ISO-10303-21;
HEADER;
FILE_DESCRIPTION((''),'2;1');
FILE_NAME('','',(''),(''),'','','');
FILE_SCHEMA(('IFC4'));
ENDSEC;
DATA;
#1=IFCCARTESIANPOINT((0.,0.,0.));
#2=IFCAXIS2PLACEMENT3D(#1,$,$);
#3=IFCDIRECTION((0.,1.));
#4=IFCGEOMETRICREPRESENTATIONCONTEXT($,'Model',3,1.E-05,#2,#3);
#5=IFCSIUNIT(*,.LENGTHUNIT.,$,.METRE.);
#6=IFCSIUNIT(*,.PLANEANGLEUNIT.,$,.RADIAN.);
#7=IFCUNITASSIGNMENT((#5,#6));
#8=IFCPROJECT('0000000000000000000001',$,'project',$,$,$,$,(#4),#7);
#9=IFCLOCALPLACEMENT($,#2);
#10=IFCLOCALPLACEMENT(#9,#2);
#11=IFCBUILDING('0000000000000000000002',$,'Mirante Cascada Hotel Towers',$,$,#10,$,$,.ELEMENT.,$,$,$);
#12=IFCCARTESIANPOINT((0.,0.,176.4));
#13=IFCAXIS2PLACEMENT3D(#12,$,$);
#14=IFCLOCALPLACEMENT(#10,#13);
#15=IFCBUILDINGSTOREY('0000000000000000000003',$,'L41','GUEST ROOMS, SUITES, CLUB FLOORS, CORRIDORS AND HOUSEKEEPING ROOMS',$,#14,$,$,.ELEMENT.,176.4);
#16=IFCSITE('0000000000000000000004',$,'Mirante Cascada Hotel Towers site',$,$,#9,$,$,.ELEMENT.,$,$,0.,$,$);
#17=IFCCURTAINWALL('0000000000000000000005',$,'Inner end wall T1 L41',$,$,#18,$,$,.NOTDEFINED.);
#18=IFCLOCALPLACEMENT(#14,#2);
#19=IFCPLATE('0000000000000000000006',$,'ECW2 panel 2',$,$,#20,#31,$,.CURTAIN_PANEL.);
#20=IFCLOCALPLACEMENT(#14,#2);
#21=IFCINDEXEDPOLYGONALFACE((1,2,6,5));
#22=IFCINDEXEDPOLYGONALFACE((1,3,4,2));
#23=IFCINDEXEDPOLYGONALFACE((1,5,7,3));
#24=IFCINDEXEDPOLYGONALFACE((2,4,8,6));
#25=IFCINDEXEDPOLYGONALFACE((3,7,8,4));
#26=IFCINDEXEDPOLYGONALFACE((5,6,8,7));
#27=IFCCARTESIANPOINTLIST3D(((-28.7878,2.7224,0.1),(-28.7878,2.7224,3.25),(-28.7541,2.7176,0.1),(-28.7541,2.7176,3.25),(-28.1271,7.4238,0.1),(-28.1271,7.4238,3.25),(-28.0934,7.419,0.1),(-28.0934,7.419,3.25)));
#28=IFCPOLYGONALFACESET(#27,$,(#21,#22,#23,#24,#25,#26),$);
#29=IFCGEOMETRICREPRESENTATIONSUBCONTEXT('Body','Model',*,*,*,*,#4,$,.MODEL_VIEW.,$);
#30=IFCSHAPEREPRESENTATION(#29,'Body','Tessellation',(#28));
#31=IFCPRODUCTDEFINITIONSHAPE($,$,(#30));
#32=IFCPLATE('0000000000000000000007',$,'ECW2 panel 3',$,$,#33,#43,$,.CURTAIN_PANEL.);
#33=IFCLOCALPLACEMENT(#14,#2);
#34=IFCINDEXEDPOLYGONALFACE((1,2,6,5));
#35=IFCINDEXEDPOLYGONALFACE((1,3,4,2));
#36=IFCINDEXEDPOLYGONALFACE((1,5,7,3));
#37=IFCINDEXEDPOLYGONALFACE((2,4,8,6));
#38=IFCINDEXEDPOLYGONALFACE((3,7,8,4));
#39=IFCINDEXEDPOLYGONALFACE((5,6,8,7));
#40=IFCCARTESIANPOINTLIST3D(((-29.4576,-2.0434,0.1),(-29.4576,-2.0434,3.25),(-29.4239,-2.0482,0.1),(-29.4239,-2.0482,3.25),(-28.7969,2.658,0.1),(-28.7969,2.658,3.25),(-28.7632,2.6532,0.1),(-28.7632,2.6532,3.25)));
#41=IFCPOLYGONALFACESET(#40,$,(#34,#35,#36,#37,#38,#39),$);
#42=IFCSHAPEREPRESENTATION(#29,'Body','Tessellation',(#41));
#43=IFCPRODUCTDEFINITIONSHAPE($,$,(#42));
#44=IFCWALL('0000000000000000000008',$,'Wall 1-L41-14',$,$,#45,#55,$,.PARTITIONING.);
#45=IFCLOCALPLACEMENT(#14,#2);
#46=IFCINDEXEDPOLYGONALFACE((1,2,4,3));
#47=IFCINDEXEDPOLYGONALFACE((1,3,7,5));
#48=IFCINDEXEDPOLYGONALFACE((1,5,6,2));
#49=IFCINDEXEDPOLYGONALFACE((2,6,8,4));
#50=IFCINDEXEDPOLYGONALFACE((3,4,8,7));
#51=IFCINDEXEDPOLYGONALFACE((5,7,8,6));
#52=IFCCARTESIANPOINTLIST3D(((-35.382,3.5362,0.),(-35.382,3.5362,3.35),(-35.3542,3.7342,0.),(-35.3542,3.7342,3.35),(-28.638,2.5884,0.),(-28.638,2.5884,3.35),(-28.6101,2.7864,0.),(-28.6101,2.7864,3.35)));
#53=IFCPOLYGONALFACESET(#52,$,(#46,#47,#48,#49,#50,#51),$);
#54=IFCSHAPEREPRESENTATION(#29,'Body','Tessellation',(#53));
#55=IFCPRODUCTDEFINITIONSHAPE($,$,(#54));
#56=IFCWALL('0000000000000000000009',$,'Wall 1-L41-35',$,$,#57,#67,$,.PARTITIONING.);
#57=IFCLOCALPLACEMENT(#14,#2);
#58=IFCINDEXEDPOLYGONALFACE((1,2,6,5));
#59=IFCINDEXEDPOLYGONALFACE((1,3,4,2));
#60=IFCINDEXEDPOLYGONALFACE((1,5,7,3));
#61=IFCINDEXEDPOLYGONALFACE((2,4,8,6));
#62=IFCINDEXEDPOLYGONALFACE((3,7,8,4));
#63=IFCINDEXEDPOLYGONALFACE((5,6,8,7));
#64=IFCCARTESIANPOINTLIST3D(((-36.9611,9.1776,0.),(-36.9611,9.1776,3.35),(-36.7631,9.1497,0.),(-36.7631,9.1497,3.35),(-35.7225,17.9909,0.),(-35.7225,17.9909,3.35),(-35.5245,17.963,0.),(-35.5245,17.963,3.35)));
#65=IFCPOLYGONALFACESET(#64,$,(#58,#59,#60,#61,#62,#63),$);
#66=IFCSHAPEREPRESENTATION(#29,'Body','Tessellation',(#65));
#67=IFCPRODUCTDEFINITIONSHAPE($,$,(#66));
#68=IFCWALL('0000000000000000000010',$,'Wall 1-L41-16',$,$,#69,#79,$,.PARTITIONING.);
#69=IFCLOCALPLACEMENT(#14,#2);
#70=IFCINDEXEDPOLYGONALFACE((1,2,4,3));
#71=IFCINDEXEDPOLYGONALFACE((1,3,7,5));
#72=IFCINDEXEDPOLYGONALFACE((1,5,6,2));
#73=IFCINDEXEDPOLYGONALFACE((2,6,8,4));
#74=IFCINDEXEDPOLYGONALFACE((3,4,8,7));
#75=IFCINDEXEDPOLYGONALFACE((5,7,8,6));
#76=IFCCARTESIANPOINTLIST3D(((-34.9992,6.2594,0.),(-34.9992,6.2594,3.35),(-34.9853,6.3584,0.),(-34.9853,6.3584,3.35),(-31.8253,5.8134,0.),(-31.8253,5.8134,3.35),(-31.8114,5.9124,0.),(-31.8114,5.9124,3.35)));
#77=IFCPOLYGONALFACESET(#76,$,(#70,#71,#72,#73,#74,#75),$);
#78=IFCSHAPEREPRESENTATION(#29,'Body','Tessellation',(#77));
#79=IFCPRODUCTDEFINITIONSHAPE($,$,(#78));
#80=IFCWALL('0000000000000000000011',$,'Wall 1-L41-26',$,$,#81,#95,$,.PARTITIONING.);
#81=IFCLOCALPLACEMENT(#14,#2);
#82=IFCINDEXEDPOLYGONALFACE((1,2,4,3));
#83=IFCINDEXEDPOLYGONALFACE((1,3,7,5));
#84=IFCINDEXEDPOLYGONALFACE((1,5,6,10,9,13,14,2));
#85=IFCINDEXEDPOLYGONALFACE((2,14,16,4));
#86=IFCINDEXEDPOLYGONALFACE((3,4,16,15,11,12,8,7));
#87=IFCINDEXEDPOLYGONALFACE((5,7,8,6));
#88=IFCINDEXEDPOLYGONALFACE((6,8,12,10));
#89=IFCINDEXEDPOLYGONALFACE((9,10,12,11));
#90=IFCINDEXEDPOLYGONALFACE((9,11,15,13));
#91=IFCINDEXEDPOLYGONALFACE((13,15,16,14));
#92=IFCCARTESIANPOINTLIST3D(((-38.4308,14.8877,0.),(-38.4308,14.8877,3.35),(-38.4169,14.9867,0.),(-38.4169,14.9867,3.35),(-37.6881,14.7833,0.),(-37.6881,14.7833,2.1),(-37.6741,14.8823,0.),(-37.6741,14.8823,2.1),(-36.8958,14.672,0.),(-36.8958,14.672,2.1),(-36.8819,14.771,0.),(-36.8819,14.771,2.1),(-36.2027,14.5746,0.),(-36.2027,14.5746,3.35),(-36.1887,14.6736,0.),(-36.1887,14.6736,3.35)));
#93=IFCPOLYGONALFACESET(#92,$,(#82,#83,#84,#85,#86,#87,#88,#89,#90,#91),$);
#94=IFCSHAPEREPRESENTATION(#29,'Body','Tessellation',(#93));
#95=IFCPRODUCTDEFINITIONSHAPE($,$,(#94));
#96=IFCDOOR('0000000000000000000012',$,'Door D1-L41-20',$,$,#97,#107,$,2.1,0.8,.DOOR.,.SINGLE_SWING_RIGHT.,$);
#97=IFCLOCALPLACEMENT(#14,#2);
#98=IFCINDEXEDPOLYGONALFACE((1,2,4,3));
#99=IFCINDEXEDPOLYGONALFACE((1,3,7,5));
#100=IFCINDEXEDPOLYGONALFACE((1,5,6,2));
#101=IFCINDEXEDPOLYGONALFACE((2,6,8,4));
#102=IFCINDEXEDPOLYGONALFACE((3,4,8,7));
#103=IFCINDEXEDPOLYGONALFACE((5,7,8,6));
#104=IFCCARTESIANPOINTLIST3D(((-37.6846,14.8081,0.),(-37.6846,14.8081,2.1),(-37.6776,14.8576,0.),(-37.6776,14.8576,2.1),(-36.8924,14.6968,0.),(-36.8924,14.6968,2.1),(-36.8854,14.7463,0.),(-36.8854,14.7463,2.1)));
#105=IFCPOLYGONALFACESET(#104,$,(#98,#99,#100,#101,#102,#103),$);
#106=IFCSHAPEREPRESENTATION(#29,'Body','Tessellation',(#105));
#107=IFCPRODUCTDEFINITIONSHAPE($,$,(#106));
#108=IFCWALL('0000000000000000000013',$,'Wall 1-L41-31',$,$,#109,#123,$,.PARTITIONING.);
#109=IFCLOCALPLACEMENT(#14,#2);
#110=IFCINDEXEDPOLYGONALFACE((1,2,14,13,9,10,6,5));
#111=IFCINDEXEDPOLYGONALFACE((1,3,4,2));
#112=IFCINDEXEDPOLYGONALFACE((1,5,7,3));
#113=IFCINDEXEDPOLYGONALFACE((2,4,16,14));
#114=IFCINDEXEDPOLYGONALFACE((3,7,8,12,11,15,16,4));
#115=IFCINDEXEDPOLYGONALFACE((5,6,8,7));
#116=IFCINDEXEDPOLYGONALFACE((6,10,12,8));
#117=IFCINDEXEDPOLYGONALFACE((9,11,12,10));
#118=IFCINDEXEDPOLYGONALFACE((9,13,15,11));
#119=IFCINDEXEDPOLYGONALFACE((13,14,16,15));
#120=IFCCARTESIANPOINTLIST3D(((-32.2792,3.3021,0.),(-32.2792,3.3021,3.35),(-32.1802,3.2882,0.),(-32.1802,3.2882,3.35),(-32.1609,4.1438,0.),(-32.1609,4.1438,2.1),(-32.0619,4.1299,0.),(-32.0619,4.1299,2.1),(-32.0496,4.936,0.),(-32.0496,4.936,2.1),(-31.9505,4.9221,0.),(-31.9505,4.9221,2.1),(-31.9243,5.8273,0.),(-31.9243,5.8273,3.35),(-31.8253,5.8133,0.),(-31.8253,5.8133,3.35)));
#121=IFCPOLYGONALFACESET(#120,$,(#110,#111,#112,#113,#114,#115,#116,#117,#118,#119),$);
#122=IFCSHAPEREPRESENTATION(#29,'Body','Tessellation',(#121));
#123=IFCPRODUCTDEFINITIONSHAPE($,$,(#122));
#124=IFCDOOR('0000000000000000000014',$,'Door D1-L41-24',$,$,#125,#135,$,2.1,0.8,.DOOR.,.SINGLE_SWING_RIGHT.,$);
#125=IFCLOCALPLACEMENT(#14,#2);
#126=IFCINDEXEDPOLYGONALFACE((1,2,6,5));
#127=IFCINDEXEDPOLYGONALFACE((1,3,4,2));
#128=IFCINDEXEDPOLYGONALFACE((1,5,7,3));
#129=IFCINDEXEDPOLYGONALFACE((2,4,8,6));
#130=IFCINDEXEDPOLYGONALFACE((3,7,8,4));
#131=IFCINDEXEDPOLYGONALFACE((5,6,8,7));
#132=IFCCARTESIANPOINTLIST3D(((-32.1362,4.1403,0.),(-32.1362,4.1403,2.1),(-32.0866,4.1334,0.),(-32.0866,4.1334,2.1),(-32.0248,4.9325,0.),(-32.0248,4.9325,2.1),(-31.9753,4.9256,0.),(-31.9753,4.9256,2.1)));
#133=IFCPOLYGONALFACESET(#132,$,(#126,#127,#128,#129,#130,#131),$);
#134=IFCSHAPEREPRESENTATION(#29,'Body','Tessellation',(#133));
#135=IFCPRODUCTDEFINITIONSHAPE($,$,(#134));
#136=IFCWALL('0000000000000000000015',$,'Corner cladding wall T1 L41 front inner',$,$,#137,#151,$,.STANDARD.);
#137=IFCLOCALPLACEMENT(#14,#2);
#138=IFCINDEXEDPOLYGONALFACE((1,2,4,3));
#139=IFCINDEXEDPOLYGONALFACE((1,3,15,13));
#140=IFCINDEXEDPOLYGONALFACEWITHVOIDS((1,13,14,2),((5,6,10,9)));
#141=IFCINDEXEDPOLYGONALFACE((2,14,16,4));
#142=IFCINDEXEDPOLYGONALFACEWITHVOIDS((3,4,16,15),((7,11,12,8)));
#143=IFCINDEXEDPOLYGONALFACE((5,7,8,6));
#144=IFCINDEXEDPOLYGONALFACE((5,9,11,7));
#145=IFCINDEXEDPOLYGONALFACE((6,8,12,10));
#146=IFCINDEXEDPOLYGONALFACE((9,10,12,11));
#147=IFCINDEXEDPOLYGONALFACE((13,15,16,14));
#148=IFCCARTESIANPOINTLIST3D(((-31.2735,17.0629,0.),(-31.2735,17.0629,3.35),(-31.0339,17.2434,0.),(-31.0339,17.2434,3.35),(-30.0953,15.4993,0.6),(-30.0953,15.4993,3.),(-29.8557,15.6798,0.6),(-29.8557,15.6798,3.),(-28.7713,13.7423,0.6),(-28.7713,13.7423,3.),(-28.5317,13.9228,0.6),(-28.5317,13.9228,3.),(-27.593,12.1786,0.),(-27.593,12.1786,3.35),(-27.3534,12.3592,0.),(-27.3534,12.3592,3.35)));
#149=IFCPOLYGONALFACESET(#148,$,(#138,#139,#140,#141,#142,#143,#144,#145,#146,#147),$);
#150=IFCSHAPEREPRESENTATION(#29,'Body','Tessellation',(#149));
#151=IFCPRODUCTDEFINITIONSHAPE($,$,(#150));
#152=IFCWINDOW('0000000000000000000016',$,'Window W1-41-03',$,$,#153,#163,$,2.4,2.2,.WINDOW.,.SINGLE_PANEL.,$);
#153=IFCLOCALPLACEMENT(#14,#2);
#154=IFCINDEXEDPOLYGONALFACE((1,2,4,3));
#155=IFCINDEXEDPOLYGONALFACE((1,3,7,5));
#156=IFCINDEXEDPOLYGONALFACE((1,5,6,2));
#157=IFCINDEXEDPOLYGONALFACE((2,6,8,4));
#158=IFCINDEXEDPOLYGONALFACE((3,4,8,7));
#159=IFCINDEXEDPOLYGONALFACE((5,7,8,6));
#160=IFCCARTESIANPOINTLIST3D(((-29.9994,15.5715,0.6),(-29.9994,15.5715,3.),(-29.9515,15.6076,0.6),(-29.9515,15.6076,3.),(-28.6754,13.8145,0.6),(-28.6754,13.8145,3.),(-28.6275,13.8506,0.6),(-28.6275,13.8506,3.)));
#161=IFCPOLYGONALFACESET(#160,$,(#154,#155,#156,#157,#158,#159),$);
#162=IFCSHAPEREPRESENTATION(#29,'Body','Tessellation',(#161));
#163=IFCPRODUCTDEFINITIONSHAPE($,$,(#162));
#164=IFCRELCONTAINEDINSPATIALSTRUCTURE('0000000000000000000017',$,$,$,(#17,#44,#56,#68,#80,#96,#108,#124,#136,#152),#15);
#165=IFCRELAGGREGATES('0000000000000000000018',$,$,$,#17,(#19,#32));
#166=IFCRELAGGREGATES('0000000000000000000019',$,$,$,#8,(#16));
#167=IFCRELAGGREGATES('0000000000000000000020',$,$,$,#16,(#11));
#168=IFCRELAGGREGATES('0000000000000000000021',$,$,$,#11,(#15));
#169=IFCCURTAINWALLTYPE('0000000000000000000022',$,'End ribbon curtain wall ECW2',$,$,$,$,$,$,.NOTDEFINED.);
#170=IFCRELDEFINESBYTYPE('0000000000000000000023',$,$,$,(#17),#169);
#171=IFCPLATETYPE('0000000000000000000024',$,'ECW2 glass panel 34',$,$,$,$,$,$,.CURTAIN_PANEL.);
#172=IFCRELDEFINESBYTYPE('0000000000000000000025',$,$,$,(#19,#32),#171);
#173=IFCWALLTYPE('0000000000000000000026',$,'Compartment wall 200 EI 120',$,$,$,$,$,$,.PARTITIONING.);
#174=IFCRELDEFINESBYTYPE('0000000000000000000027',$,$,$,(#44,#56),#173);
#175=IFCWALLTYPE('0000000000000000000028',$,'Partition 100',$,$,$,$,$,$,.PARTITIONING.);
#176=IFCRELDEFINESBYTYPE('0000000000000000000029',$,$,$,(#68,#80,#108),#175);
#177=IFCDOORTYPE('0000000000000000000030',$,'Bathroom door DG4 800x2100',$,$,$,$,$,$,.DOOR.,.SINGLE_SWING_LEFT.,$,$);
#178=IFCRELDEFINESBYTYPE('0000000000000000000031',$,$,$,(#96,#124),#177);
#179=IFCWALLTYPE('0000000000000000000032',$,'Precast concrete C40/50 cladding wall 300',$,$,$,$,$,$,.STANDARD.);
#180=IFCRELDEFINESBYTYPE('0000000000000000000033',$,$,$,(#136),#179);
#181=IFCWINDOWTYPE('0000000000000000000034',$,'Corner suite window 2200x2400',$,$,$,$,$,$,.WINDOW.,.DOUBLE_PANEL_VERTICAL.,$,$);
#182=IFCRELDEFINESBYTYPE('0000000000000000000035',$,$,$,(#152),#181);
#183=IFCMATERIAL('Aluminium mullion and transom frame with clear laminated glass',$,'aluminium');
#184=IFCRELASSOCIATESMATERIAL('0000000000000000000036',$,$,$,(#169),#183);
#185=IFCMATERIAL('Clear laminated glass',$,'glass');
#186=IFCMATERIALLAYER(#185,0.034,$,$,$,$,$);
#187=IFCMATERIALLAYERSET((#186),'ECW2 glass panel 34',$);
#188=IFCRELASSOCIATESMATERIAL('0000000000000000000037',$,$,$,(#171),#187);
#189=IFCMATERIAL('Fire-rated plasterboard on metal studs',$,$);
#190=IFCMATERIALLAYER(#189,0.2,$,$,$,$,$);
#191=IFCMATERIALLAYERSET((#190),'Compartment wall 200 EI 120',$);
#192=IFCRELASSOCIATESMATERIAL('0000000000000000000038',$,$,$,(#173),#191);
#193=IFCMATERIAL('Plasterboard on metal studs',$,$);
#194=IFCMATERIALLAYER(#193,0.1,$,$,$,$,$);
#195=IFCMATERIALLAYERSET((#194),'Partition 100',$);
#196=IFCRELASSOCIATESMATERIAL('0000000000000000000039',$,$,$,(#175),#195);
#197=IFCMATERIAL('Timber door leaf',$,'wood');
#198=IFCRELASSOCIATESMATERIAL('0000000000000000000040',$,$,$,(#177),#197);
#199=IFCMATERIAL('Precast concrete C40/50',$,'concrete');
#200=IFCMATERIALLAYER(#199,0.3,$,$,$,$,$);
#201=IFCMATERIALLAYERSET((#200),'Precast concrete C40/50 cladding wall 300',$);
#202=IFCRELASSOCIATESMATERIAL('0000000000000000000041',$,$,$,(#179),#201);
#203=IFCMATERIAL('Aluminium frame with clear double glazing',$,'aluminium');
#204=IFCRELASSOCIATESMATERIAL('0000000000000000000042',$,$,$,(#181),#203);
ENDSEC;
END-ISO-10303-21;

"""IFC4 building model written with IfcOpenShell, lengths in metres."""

from ifc_helpers import new_model, si_unit, direction, frame, frame_2d, origin, origin_2d, place, context, subcontext, project, spatial, rectangle, extrude, material, layer, layer_set, type_object, element, fill, aggregate, save


model = new_model("IFC4")

# Units and contexts
model_context = context("Model", 3, precision=1e-05, world=origin(), true_north=direction((0.0, 1.0)))
body_context = subcontext(model_context, "Body", "Model", "MODEL_VIEW")
ifc_project = project(units=[si_unit("LENGTHUNIT", "METRE"), si_unit("PLANEANGLEUNIT", "RADIAN")], contexts=[model_context])

# Site, building, storey
site_placement = place(None, origin())
site = spatial("IfcSite", under=ifc_project, at=site_placement, Name="Mirante Cascada Hotel Towers site", CompositionType="ELEMENT", RefElevation=0.0)
building_placement = place(site_placement, origin())
building = spatial("IfcBuilding", under=site, at=building_placement, Name="Mirante Cascada Hotel Towers", CompositionType="ELEMENT")
storey_placement = place(building_placement, frame((0.0, 0.0, 176.4)))
storey = spatial("IfcBuildingStorey", under=building, at=storey_placement, Name="L41", Description="GUEST ROOMS, SUITES, CLUB FLOORS, CORRIDORS AND HOUSEKEEPING ROOMS", CompositionType="ELEMENT", Elevation=176.4)

# Curtain wall
ifc_material_1 = material(Name="Aluminium mullion and transom frame with clear laminated glass", Category="aluminium")
curtain_wall_type_1 = type_object("IfcCurtainWallType", Name="End ribbon curtain wall ECW2", PredefinedType="NOTDEFINED", material=ifc_material_1)
curtain_wall_1_placement = place(storey_placement, origin())
curtain_wall_1 = element("IfcCurtainWall", 1, at=curtain_wall_1_placement, inside=storey, type_object=curtain_wall_type_1, Name="Inner end wall T1 L41", PredefinedType="NOTDEFINED")

# Plates
ifc_material_2 = material(Name="Clear laminated glass", Category="glass")
ifc_layer_1 = layer(ifc_material_2, 0.034)
ifc_layer_set_1 = layer_set([ifc_layer_1], Name="ECW2 glass panel 34")
plate_type_1 = type_object("IfcPlateType", Name="ECW2 glass panel 34", PredefinedType="CURTAIN_PANEL", material=ifc_layer_set_1)
plate_1_placement = place(storey_placement, frame((-28.4406, 5.0707, 0.1), z_axis=(0.0, 0.0, 1.0), x_axis=(-0.139173, -0.990268, 0.0)))
plate_1 = element("IfcPlate", 2, at=plate_1_placement, type_object=plate_type_1, Name="ECW2 panel 2", PredefinedType="CURTAIN_PANEL", context=body_context, shape_type="SweptSolid", body=[
    extrude(rectangle(XDim=4.7476, YDim=0.034, at=origin_2d()), origin(), (0.0, 0.0, 1.0), 3.15),
])
plate_2_placement = place(storey_placement, frame((-29.1104, 0.3049, 0.1), z_axis=(0.0, 0.0, 1.0), x_axis=(-0.139173, -0.990268, 0.0)))
plate_2 = element("IfcPlate", 3, at=plate_2_placement, type_object=plate_type_1, Name="ECW2 panel 3", PredefinedType="CURTAIN_PANEL", context=body_context, shape_type="SweptSolid", body=[
    extrude(rectangle(XDim=4.7476, YDim=0.034, at=origin_2d()), origin(), (0.0, 0.0, 1.0), 3.15),
])
aggregate(curtain_wall_1, [plate_1, plate_2])

# Walls
ifc_material_3 = material(Name="Fire-rated plasterboard on metal studs")
ifc_layer_2 = layer(ifc_material_3, 0.2)
ifc_layer_set_2 = layer_set([ifc_layer_2], Name="Compartment wall 200 EI 120")
wall_type_1 = type_object("IfcWallType", Name="Compartment wall 200 EI 120", PredefinedType="PARTITIONING", material=ifc_layer_set_2)
wall_1_placement = place(storey_placement, frame((-28.624, 2.6874, 0.0), z_axis=(0.0, 0.0, 1.0), x_axis=(-0.990268, 0.139172, 0.0)))
element("IfcWall", 4, at=wall_1_placement, inside=storey, type_object=wall_type_1, Name="Wall 1-L41-14", PredefinedType="PARTITIONING", context=body_context, shape_type="SweptSolid", body=[
    extrude(rectangle(XDim=6.8103, YDim=0.2, at=frame_2d((3.4052, 0.0))), origin(), (0.0, 0.0, 1.0), 3.35),
])
wall_2_placement = place(storey_placement, frame((-35.6235, 17.977, 0.0), z_axis=(0.0, 0.0, 1.0), x_axis=(-0.13917, -0.990268, 0.0)))
element("IfcWall", 5, at=wall_2_placement, inside=storey, type_object=wall_type_1, Name="Wall 1-L41-35", PredefinedType="PARTITIONING", context=body_context, shape_type="SweptSolid", body=[
    extrude(rectangle(XDim=8.8999, YDim=0.2, at=frame_2d((4.45, 0.0))), origin(), (0.0, 0.0, 1.0), 3.35),
])
ifc_material_4 = material(Name="Plasterboard on metal studs")
ifc_layer_3 = layer(ifc_material_4, 0.1)
ifc_layer_set_3 = layer_set([ifc_layer_3], Name="Partition 100")
wall_type_2 = type_object("IfcWallType", Name="Partition 100", PredefinedType="PARTITIONING", material=ifc_layer_set_3)
wall_3_placement = place(storey_placement, frame((-31.8183, 5.8629, 0.0), z_axis=(0.0, 0.0, 1.0), x_axis=(-0.990271, 0.139154, 0.0)))
element("IfcWall", 6, at=wall_3_placement, inside=storey, type_object=wall_type_2, Name="Wall 1-L41-16", PredefinedType="PARTITIONING", context=body_context, shape_type="SweptSolid", body=[
    extrude(rectangle(XDim=3.2051, YDim=0.1, at=frame_2d((1.6026, 0.0))), origin(), (0.0, 0.0, 1.0), 3.35),
])

# Walls, openings, doors
wall_4_placement = place(storey_placement, frame((-36.1957, 14.6241, 0.0), z_axis=(0.0, 0.0, 1.0), x_axis=(-0.990271, 0.139156, 0.0)))
wall_4 = element("IfcWall", 7, at=wall_4_placement, inside=storey, type_object=wall_type_2, Name="Wall 1-L41-26", PredefinedType="PARTITIONING", context=body_context, shape_type="SweptSolid", body=[
    extrude(rectangle(XDim=2.25, YDim=0.1, at=frame_2d((1.125, 0.0))), origin(), (0.0, 0.0, 1.0), 3.35),
])
opening_1_placement = place(wall_4_placement, frame((0.7, 0.0, 0.0)))
opening_1 = element("IfcOpeningElement", 8, at=opening_1_placement, cuts=wall_4, PredefinedType="OPENING", context=body_context, shape_type="SweptSolid", body=[
    extrude(rectangle(XDim=0.8, YDim=2.1, at=frame_2d((0.4, 1.05))), frame((0.0, 0.05, 0.0), z_axis=(0.0, -1.0, 0.0), x_axis=(1.0, 0.0, 0.0)), (0.0, 0.0, 1.0), 0.1),
])
ifc_material_5 = material(Name="Timber door leaf", Category="wood")
door_type = type_object("IfcDoorType", Name="Bathroom door DG4 800x2100", OperationType="SINGLE_SWING_LEFT", PredefinedType="DOOR", material=ifc_material_5)
door_1_placement = place(opening_1_placement, frame((0.8, 0.0, 0.0), z_axis=(0.0, 0.0, 1.0), x_axis=(-1.0, 0.0, 0.0)))
door_1 = element("IfcDoor", 9, at=door_1_placement, inside=storey, type_object=door_type, Name="Door D1-L41-20", OperationType="SINGLE_SWING_RIGHT", OverallHeight=2.1, OverallWidth=0.8, PredefinedType="DOOR", context=body_context, shape_type="SweptSolid", body=[
    extrude(rectangle(XDim=0.8, YDim=2.1, at=frame_2d((0.4, 1.05))), frame((0.0, 0.025, 0.0), z_axis=(0.0, -1.0, 0.0), x_axis=(1.0, 0.0, 0.0)), (0.0, 0.0, 1.0), 0.05),
])
fill(opening_1, door_1)
wall_5_placement = place(storey_placement, frame((-31.8748, 5.8203, 0.0), z_axis=(0.0, 0.0, 1.0), x_axis=(-0.139176, -0.990268, 0.0)))
wall_5 = element("IfcWall", 10, at=wall_5_placement, inside=storey, type_object=wall_type_2, Name="Wall 1-L41-31", PredefinedType="PARTITIONING", context=body_context, shape_type="SweptSolid", body=[
    extrude(rectangle(XDim=2.55, YDim=0.1, at=frame_2d((1.275, 0.0))), origin(), (0.0, 0.0, 1.0), 3.35),
])
opening_2_placement = place(wall_5_placement, frame((0.9, 0.0, 0.0)))
opening_2 = element("IfcOpeningElement", 11, at=opening_2_placement, cuts=wall_5, PredefinedType="OPENING", context=body_context, shape_type="SweptSolid", body=[
    extrude(rectangle(XDim=0.8, YDim=2.1, at=frame_2d((0.4, 1.05))), frame((0.0, 0.05, 0.0), z_axis=(0.0, -1.0, 0.0), x_axis=(1.0, 0.0, 0.0)), (0.0, 0.0, 1.0), 0.1),
])
door_2_placement = place(opening_2_placement, frame((0.8, 0.0, 0.0), z_axis=(0.0, 0.0, 1.0), x_axis=(-1.0, 0.0, 0.0)))
door_2 = element("IfcDoor", 12, at=door_2_placement, inside=storey, type_object=door_type, Name="Door D1-L41-24", OperationType="SINGLE_SWING_RIGHT", OverallHeight=2.1, OverallWidth=0.8, PredefinedType="DOOR", context=body_context, shape_type="SweptSolid", body=[
    extrude(rectangle(XDim=0.8, YDim=2.1, at=frame_2d((0.4, 1.05))), frame((0.0, 0.025, 0.0), z_axis=(0.0, -1.0, 0.0), x_axis=(1.0, 0.0, 0.0)), (0.0, 0.0, 1.0), 0.05),
])
fill(opening_2, door_2)

# Wall, opening, window
ifc_material_6 = material(Name="Precast concrete C40/50", Category="concrete")
ifc_layer_4 = layer(ifc_material_6, 0.3)
ifc_layer_set_4 = layer_set([ifc_layer_4], Name="Precast concrete C40/50 cladding wall 300")
wall_type_3 = type_object("IfcWallType", Name="Precast concrete C40/50 cladding wall 300", PredefinedType="STANDARD", material=ifc_layer_set_4)
wall_6_placement = place(storey_placement, frame((-31.1537, 17.1531, 0.0), z_axis=(0.0, 0.0, 1.0), x_axis=(0.601814, -0.798636, 0.0)))
wall_6 = element("IfcWall", 13, at=wall_6_placement, inside=storey, type_object=wall_type_3, Name="Corner cladding wall T1 L41 front inner", PredefinedType="STANDARD", context=body_context, shape_type="SweptSolid", body=[
    extrude(rectangle(XDim=6.1157, YDim=0.3, at=frame_2d((3.0578, 0.0))), origin(), (0.0, 0.0, 1.0), 3.35),
])
opening_3_placement = place(wall_6_placement, frame((1.9578, 0.0, 0.6)))
opening_3 = element("IfcOpeningElement", 14, at=opening_3_placement, cuts=wall_6, PredefinedType="OPENING", context=body_context, shape_type="SweptSolid", body=[
    extrude(rectangle(XDim=2.2, YDim=2.4, at=frame_2d((1.1, 1.2))), frame((0.0, 0.15, 0.0), z_axis=(0.0, -1.0, 0.0), x_axis=(1.0, 0.0, 0.0)), (0.0, 0.0, 1.0), 0.3),
])
ifc_material_7 = material(Name="Aluminium frame with clear double glazing", Category="aluminium")
window_type = type_object("IfcWindowType", Name="Corner suite window 2200x2400", PartitioningType="DOUBLE_PANEL_VERTICAL", PredefinedType="WINDOW", material=ifc_material_7)
window_placement = place(opening_3_placement, origin())
window = element("IfcWindow", 15, at=window_placement, inside=storey, type_object=window_type, Name="Window W1-41-03", OverallHeight=2.4, OverallWidth=2.2, PartitioningType="SINGLE_PANEL", PredefinedType="WINDOW", context=body_context, shape_type="SweptSolid", body=[
    extrude(rectangle(XDim=2.2, YDim=2.4, at=frame_2d((1.1, 1.2))), frame((0.0, 0.03, 0.0), z_axis=(0.0, -1.0, 0.0), x_axis=(1.0, 0.0, 0.0)), (0.0, 0.0, 1.0), 0.06),
])
fill(opening_3, window)

save(model, "model.ifc")
